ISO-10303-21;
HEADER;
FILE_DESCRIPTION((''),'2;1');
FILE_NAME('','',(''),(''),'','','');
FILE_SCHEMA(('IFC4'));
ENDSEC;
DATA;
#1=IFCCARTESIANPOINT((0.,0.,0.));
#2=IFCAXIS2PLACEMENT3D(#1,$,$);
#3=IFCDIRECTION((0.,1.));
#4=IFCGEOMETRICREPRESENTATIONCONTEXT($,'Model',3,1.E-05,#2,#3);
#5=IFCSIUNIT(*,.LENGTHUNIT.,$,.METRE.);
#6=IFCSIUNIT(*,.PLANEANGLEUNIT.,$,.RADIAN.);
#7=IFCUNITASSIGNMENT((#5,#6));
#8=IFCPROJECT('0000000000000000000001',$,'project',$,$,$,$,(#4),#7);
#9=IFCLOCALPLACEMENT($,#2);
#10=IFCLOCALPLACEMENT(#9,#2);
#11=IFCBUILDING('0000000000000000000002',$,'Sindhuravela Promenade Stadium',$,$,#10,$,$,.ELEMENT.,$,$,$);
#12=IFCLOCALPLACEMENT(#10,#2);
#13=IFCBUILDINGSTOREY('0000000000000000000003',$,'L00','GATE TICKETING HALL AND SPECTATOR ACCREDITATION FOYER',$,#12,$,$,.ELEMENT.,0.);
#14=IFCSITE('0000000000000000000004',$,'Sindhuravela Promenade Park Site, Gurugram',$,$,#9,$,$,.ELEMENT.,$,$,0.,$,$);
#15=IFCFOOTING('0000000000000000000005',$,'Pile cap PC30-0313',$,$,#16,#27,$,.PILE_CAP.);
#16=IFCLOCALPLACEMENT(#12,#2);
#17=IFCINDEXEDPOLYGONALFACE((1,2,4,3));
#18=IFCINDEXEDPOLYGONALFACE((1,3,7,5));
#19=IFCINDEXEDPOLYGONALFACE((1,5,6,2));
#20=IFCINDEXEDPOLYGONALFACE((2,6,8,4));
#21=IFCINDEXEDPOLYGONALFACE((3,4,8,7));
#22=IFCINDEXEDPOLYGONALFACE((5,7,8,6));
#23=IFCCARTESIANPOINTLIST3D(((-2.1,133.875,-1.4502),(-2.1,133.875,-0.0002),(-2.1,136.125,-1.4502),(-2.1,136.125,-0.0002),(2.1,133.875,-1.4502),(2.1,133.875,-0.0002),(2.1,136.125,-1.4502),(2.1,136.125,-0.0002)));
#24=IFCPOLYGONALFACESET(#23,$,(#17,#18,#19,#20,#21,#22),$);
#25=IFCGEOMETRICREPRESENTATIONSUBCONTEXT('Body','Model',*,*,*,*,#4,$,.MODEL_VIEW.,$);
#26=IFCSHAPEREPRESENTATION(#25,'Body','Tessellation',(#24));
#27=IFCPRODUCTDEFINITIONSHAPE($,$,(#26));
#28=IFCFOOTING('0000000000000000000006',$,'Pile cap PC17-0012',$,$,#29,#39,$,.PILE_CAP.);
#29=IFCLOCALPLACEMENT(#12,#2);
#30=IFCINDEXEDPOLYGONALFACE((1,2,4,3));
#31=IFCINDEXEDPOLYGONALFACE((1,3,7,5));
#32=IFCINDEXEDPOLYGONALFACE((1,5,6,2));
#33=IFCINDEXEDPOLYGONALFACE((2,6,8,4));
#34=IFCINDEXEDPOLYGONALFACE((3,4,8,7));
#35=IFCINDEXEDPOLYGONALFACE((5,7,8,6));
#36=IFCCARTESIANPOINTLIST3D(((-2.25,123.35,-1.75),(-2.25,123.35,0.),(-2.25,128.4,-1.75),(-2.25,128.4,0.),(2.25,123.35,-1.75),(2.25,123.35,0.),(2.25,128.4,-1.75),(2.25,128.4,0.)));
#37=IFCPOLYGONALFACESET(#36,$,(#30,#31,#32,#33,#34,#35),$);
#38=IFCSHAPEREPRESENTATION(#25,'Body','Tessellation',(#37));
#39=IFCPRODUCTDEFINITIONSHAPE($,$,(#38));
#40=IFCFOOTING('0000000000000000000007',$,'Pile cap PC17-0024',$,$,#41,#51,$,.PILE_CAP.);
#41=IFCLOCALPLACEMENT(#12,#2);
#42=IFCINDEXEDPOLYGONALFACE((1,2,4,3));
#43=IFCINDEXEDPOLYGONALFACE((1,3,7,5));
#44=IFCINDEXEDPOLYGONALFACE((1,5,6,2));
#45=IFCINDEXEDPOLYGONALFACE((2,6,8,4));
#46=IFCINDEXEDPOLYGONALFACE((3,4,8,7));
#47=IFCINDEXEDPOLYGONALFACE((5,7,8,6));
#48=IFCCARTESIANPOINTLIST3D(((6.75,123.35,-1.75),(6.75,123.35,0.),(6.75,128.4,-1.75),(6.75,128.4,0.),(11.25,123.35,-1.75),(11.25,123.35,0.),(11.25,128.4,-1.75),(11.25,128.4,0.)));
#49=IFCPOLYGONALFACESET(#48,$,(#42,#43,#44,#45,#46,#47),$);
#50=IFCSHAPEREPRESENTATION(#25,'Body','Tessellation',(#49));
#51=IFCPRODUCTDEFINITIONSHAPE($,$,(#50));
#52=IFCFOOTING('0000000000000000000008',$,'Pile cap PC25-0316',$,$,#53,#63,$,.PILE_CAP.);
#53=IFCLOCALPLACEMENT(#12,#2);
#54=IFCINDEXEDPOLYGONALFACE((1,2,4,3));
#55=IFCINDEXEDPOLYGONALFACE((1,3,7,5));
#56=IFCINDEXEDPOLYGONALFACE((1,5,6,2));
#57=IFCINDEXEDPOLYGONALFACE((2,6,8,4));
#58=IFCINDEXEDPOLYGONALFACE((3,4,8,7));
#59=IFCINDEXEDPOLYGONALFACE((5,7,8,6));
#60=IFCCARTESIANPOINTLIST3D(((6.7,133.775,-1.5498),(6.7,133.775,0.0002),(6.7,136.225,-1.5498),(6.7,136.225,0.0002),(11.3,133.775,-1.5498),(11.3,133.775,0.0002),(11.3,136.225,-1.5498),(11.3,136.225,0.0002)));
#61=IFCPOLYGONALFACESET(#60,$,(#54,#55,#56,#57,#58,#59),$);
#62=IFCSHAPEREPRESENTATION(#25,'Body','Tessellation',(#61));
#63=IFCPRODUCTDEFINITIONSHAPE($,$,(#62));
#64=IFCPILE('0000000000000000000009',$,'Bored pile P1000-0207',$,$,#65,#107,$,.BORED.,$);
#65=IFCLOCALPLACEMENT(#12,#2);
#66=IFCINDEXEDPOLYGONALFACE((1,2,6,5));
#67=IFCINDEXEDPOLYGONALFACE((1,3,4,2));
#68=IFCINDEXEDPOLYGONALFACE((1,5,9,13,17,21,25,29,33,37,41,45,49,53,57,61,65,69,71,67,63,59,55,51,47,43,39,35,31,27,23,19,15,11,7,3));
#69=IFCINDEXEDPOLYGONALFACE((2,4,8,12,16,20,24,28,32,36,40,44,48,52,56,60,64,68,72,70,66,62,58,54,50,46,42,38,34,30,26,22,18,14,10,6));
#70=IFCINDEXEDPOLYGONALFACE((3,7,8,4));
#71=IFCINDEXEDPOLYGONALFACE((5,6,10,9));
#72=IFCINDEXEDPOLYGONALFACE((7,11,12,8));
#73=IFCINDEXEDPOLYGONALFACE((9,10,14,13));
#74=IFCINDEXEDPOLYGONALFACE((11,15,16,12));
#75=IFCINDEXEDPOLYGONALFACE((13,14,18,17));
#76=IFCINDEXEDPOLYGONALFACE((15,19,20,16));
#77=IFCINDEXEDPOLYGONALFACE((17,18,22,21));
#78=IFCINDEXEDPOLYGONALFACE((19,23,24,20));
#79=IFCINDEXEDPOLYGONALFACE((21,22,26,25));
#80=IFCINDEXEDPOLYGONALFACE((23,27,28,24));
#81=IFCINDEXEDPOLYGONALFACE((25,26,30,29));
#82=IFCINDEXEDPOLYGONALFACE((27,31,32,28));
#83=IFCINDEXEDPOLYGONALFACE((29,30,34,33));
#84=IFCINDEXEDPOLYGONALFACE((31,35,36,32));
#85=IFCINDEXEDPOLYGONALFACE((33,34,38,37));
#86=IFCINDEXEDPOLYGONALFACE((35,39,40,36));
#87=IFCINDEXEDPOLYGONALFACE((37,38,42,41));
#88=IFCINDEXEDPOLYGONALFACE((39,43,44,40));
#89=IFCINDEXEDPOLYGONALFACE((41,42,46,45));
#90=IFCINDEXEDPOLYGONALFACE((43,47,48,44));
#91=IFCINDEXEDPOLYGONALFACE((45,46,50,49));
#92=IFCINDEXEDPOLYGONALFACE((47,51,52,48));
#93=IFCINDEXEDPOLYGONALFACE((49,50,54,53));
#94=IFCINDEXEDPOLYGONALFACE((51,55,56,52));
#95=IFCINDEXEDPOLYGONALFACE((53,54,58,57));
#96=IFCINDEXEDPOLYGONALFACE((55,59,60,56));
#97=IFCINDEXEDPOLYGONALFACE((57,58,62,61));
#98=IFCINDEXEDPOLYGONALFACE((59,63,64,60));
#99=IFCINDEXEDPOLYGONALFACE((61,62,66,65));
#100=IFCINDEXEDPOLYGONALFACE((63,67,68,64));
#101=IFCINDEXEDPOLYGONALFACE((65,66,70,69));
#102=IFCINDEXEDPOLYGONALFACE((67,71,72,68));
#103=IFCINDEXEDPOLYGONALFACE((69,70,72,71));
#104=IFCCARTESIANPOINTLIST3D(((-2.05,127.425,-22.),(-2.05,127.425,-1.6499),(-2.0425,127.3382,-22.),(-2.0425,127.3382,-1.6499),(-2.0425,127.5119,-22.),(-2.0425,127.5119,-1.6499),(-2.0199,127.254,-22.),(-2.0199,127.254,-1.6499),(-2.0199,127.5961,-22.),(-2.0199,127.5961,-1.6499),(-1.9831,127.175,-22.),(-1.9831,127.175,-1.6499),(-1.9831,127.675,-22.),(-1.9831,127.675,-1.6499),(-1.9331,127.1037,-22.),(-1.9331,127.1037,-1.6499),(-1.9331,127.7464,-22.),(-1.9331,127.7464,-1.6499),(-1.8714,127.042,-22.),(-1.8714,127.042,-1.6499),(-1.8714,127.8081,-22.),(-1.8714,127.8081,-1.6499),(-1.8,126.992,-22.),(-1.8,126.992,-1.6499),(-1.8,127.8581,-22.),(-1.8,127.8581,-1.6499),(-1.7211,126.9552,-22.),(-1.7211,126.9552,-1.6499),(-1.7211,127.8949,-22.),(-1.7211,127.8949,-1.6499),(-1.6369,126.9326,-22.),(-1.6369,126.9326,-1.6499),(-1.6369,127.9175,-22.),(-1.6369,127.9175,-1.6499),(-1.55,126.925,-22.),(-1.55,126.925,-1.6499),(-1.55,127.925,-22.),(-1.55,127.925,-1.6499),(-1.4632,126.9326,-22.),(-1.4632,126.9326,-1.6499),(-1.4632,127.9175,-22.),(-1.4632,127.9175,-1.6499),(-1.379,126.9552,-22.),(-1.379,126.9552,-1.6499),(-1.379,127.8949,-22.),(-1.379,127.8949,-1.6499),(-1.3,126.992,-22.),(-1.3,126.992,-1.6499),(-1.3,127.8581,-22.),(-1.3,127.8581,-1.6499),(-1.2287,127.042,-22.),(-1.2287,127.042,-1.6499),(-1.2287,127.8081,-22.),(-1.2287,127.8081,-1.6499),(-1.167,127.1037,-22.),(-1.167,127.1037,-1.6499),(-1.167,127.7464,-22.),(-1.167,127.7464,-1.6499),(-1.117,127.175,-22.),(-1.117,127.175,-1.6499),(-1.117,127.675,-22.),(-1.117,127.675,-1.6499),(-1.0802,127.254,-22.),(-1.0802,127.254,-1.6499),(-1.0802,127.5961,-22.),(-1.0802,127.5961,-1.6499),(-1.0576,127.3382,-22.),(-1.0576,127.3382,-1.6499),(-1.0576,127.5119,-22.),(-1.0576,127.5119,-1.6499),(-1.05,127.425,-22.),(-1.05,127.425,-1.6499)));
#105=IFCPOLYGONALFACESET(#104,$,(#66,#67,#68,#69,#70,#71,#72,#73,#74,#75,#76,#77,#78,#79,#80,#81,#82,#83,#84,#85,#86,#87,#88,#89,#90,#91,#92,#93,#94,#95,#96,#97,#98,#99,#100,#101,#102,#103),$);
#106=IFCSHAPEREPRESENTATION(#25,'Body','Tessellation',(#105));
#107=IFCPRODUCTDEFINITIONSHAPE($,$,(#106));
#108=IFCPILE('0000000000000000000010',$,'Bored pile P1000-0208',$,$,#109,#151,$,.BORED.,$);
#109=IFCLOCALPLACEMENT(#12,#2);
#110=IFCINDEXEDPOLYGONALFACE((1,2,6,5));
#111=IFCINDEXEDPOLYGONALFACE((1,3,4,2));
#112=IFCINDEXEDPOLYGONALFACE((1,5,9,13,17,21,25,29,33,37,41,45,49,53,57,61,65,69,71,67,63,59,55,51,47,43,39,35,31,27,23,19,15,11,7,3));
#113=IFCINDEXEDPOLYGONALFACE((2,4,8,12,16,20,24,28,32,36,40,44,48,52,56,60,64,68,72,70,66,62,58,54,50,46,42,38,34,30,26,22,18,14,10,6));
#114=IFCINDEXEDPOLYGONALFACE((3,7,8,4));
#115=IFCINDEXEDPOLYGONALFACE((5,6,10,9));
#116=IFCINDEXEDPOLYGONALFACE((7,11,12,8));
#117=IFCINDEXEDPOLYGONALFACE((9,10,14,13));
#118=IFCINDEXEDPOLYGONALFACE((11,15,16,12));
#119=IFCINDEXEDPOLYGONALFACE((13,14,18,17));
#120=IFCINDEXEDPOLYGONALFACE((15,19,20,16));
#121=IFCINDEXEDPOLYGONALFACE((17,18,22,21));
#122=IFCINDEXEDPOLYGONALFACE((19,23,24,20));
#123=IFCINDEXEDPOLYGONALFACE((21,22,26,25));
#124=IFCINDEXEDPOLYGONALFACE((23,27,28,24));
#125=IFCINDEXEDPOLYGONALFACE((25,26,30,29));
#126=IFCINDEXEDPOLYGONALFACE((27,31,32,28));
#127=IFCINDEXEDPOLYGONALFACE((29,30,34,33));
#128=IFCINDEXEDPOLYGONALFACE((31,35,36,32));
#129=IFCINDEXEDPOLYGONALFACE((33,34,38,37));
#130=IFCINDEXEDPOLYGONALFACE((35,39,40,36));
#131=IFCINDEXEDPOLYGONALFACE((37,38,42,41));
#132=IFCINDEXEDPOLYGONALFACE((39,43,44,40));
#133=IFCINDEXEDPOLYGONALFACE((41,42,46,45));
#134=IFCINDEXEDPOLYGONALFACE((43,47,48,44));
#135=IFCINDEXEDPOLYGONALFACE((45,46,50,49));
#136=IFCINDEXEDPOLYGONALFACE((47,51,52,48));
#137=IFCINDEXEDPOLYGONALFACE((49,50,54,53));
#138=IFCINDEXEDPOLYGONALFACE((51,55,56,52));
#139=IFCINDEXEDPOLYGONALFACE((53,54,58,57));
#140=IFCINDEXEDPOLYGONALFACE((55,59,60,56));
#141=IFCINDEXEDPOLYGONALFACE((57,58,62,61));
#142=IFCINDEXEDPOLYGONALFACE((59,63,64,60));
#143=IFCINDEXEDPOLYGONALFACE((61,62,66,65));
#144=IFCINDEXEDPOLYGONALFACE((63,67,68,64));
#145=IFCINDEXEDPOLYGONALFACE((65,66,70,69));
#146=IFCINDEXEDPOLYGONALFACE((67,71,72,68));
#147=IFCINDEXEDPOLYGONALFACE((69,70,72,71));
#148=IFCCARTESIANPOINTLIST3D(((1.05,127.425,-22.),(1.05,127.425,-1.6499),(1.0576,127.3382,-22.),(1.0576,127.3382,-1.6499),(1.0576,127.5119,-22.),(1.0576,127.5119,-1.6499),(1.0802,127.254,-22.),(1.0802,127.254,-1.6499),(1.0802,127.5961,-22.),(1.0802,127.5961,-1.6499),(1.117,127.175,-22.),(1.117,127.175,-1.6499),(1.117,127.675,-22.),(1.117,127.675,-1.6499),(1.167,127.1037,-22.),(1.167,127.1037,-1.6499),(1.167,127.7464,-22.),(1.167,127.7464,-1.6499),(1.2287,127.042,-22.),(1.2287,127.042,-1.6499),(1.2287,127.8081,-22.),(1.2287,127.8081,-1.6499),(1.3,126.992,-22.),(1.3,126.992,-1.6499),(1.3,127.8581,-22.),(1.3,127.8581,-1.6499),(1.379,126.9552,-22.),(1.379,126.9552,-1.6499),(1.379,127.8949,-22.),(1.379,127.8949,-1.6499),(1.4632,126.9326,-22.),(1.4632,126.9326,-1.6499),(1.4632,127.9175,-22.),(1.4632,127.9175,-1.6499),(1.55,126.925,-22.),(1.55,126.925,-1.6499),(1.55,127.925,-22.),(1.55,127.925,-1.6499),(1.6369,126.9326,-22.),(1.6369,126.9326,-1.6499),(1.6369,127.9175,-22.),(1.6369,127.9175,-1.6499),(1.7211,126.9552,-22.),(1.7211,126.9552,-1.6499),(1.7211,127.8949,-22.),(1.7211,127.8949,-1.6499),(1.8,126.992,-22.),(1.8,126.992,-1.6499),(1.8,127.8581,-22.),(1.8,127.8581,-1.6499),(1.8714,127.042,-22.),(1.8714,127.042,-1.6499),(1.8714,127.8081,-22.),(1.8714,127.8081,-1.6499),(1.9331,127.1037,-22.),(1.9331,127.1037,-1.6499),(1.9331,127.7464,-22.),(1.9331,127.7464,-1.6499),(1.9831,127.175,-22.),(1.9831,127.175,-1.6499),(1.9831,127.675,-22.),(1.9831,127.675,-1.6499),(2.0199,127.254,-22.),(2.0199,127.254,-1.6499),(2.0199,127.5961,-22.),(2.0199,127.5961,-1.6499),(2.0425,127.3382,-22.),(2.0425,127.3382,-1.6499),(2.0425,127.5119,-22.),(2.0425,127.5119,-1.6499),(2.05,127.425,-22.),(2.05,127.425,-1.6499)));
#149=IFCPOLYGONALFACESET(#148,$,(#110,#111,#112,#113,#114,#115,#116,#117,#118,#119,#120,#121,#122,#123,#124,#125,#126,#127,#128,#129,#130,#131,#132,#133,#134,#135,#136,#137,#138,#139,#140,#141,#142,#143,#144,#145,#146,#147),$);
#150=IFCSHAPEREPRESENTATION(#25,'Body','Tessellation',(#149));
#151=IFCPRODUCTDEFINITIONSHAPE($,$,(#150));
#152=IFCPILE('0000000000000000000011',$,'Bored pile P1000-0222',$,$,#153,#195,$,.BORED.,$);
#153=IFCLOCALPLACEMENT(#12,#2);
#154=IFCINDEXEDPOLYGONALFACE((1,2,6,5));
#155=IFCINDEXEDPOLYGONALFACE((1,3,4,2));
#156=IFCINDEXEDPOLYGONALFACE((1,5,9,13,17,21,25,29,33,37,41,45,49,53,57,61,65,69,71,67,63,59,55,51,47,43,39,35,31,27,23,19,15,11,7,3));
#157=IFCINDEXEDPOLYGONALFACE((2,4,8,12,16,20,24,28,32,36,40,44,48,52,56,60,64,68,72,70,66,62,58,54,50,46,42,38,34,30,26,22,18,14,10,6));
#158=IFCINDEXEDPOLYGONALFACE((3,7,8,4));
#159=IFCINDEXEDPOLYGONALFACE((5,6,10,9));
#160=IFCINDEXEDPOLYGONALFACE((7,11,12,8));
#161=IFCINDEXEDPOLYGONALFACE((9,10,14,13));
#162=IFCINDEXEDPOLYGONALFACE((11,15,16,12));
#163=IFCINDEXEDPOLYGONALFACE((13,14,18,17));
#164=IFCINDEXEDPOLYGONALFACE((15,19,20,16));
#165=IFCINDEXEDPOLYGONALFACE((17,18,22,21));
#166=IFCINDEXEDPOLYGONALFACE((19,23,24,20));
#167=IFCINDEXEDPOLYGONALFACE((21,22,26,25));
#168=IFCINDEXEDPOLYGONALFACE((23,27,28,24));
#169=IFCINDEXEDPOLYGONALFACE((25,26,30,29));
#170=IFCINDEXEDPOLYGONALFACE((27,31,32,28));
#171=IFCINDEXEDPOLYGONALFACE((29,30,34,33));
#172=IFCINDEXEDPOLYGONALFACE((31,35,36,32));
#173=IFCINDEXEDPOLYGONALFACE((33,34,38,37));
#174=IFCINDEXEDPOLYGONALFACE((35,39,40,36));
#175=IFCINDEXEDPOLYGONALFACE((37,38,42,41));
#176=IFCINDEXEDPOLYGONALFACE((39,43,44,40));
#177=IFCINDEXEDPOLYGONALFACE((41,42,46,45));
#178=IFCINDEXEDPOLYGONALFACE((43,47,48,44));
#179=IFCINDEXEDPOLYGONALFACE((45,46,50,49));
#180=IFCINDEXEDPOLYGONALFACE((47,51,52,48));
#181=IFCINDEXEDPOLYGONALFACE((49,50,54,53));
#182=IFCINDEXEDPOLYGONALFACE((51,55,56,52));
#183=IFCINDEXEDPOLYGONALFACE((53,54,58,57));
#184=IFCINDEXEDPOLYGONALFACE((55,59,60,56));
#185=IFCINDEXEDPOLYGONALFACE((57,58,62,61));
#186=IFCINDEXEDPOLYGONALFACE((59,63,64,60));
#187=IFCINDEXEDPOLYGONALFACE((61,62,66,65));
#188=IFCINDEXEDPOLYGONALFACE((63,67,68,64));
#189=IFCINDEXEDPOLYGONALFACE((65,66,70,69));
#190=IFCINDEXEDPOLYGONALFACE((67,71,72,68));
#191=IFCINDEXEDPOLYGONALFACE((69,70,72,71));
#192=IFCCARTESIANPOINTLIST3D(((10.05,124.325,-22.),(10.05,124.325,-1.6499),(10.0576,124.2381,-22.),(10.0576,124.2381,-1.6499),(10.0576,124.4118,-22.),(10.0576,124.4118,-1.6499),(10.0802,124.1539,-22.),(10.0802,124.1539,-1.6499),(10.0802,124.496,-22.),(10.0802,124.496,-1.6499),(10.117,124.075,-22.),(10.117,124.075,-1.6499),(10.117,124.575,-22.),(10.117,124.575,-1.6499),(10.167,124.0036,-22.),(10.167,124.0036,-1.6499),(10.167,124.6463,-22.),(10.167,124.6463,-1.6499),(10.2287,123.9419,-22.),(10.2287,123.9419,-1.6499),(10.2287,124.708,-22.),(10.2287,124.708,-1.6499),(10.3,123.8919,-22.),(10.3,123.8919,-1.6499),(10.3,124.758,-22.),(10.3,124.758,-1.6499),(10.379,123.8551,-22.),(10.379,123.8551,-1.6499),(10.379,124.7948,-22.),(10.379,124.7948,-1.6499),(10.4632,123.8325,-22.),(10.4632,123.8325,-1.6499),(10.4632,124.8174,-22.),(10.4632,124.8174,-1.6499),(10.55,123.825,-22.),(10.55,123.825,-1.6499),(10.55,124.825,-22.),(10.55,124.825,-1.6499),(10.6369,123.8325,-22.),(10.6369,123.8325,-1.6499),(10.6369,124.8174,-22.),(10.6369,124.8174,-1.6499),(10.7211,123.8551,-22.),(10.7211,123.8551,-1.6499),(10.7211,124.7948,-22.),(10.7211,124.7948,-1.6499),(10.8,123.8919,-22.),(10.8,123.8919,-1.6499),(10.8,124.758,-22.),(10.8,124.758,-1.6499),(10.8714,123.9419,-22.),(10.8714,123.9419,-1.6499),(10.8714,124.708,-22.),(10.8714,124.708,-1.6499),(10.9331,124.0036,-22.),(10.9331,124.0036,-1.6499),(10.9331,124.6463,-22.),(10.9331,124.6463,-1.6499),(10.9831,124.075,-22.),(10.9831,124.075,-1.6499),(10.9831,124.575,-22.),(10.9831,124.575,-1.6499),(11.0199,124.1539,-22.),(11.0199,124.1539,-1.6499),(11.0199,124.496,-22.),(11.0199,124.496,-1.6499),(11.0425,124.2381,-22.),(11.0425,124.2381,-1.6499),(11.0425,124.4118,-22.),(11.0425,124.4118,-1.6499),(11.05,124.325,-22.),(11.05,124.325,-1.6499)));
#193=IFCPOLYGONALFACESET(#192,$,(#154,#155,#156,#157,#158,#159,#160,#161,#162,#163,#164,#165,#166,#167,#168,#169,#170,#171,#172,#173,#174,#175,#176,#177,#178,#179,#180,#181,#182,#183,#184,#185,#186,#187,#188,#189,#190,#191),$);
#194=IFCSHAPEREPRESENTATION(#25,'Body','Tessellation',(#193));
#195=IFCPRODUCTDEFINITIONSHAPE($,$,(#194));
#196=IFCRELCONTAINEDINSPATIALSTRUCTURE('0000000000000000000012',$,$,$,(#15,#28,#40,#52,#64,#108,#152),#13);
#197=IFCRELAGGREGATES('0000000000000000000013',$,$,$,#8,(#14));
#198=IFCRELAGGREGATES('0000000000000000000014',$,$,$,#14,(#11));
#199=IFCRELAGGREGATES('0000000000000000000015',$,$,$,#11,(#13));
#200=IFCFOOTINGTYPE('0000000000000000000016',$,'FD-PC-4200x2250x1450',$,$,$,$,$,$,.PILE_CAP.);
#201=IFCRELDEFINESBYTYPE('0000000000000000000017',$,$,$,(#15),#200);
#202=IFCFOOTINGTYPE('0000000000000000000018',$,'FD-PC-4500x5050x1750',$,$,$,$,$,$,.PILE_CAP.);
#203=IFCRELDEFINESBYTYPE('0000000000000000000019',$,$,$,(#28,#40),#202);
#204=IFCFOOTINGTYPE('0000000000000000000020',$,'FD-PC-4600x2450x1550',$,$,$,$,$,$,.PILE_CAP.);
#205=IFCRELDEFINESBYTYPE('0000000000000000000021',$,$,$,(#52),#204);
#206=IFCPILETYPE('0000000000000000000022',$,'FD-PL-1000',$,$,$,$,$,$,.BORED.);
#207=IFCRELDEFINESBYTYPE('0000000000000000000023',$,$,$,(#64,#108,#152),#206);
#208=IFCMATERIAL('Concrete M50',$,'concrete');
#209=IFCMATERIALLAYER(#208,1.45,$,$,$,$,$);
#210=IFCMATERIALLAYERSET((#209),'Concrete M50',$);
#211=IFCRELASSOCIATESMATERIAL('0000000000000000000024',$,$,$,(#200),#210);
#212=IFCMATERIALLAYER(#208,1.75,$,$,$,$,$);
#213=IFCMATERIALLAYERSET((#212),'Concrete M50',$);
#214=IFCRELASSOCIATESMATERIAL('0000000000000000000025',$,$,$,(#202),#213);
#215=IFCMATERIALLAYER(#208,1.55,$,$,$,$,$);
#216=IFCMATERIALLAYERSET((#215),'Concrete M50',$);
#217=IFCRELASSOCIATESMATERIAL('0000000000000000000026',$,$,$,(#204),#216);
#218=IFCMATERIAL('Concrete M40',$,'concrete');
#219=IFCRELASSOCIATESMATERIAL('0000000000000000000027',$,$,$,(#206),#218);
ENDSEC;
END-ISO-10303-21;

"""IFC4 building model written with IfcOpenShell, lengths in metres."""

from ifc_helpers import new_model, si_unit, direction, frame, origin, origin_2d, place, context, subcontext, project, spatial, rectangle, circle, extrude, material, layer, layer_set, material_profile, profile_set, type_object, element, save


model = new_model("IFC4")

# Units and contexts
model_context = context("Model", 3, precision=1e-05, world=origin(), true_north=direction((0.0, 1.0)))
body_context = subcontext(model_context, "Body", "Model", "MODEL_VIEW")
ifc_project = project(units=[si_unit("LENGTHUNIT", "METRE"), si_unit("PLANEANGLEUNIT", "RADIAN")], contexts=[model_context])

# Site, building, storey
site_placement = place(None, origin())
site = spatial("IfcSite", under=ifc_project, at=site_placement, Name="Sindhuravela Promenade Park Site, Gurugram", CompositionType="ELEMENT", RefElevation=0.0)
building_placement = place(site_placement, origin())
building = spatial("IfcBuilding", under=site, at=building_placement, Name="Sindhuravela Promenade Stadium", CompositionType="ELEMENT")
storey_placement = place(building_placement, origin())
storey = spatial("IfcBuildingStorey", under=building, at=storey_placement, Name="L00", Description="GATE TICKETING HALL AND SPECTATOR ACCREDITATION FOYER", CompositionType="ELEMENT", Elevation=0.0)

# Footings
ifc_material_1 = material(Name="Concrete M50", Category="concrete")
ifc_layer_1 = layer(ifc_material_1, 1.45)
ifc_layer_set_1 = layer_set([ifc_layer_1], Name="Concrete M50")
footing_type_1 = type_object("IfcFootingType", Name="FD-PC-4200x2250x1450", PredefinedType="PILE_CAP", material=ifc_layer_set_1)
footing_1_placement = place(storey_placement, frame((0.0, 135.0, -1.4502), z_axis=(0.0, 0.0, 1.0), x_axis=(1.0, 0.0, 0.0)))
element("IfcFooting", 1, at=footing_1_placement, inside=storey, type_object=footing_type_1, Name="Pile cap PC30-0313", PredefinedType="PILE_CAP", context=body_context, shape_type="SweptSolid", body=[
    extrude(rectangle(XDim=4.2, YDim=2.25, at=origin_2d()), origin(), (0.0, 0.0, 1.0), 1.45),
])
ifc_layer_2 = layer(ifc_material_1, 1.75)
ifc_layer_set_2 = layer_set([ifc_layer_2], Name="Concrete M50")
footing_type_2 = type_object("IfcFootingType", Name="FD-PC-4500x5050x1750", PredefinedType="PILE_CAP", material=ifc_layer_set_2)
for number, where, z_axis, x_axis, name in (
    (2, (0.0, 125.875, -1.75), (0.0, 0.0, 1.0), (1.0, 0.0, 0.0), "Pile cap PC17-0012"),
    (3, (9.0, 125.875, -1.75), (0.0, 0.0, 1.0), (1.0, 0.0, 0.0), "Pile cap PC17-0024"),
):
    element("IfcFooting", number, at=place(storey_placement, frame(where, z_axis=z_axis, x_axis=x_axis)), inside=storey, type_object=footing_type_2, Name=name, PredefinedType="PILE_CAP", context=body_context, shape_type="SweptSolid", body=[
        extrude(rectangle(XDim=4.5, YDim=5.05, at=origin_2d()), origin(), (0.0, 0.0, 1.0), 1.75),
    ])
ifc_layer_3 = layer(ifc_material_1, 1.55)
ifc_layer_set_3 = layer_set([ifc_layer_3], Name="Concrete M50")
footing_type_3 = type_object("IfcFootingType", Name="FD-PC-4600x2450x1550", PredefinedType="PILE_CAP", material=ifc_layer_set_3)
footing_2_placement = place(storey_placement, frame((9.0, 135.0, -1.5498), z_axis=(0.0, 0.0, 1.0), x_axis=(1.0, 0.0, 0.0)))
element("IfcFooting", 4, at=footing_2_placement, inside=storey, type_object=footing_type_3, Name="Pile cap PC25-0316", PredefinedType="PILE_CAP", context=body_context, shape_type="SweptSolid", body=[
    extrude(rectangle(XDim=4.6001, YDim=2.45, at=origin_2d()), origin(), (0.0, 0.0, 1.0), 1.55),
])

# Piles
ifc_material_2 = material(Name="Concrete M40", Category="concrete")
ifc_material_profile_1 = material_profile(ifc_material_2, circle(Radius=0.5, at=origin_2d()), Name="BORED PILE D1000")
ifc_profile_set_1 = profile_set([ifc_material_profile_1], Name="Concrete M40")
pile_type_1 = type_object("IfcPileType", Name="FD-PL-1000", PredefinedType="BORED", material=ifc_profile_set_1)
for number, where, z_axis, x_axis, name in (
    (5, (-1.55, 127.425, -1.6499), (0.0, 0.0, -1.0), (1.0, 0.0, 0.0), "Bored pile P1000-0207"),
    (6, (1.55, 127.425, -1.6499), (0.0, 0.0, -1.0), (1.0, 0.0, 0.0), "Bored pile P1000-0208"),
    (7, (10.55, 124.325, -1.6499), (0.0, 0.0, -1.0), (1.0, 0.0, 0.0), "Bored pile P1000-0222"),
):
    element("IfcPile", number, at=place(storey_placement, frame(where, z_axis=z_axis, x_axis=x_axis)), inside=storey, type_object=pile_type_1, Name=name, PredefinedType="BORED", context=body_context, shape_type="SweptSolid", body=[
        extrude(circle(Radius=0.5, at=origin_2d()), origin(), (0.0, 0.0, 1.0), 20.3501),
    ])

save(model, "model.ifc")
